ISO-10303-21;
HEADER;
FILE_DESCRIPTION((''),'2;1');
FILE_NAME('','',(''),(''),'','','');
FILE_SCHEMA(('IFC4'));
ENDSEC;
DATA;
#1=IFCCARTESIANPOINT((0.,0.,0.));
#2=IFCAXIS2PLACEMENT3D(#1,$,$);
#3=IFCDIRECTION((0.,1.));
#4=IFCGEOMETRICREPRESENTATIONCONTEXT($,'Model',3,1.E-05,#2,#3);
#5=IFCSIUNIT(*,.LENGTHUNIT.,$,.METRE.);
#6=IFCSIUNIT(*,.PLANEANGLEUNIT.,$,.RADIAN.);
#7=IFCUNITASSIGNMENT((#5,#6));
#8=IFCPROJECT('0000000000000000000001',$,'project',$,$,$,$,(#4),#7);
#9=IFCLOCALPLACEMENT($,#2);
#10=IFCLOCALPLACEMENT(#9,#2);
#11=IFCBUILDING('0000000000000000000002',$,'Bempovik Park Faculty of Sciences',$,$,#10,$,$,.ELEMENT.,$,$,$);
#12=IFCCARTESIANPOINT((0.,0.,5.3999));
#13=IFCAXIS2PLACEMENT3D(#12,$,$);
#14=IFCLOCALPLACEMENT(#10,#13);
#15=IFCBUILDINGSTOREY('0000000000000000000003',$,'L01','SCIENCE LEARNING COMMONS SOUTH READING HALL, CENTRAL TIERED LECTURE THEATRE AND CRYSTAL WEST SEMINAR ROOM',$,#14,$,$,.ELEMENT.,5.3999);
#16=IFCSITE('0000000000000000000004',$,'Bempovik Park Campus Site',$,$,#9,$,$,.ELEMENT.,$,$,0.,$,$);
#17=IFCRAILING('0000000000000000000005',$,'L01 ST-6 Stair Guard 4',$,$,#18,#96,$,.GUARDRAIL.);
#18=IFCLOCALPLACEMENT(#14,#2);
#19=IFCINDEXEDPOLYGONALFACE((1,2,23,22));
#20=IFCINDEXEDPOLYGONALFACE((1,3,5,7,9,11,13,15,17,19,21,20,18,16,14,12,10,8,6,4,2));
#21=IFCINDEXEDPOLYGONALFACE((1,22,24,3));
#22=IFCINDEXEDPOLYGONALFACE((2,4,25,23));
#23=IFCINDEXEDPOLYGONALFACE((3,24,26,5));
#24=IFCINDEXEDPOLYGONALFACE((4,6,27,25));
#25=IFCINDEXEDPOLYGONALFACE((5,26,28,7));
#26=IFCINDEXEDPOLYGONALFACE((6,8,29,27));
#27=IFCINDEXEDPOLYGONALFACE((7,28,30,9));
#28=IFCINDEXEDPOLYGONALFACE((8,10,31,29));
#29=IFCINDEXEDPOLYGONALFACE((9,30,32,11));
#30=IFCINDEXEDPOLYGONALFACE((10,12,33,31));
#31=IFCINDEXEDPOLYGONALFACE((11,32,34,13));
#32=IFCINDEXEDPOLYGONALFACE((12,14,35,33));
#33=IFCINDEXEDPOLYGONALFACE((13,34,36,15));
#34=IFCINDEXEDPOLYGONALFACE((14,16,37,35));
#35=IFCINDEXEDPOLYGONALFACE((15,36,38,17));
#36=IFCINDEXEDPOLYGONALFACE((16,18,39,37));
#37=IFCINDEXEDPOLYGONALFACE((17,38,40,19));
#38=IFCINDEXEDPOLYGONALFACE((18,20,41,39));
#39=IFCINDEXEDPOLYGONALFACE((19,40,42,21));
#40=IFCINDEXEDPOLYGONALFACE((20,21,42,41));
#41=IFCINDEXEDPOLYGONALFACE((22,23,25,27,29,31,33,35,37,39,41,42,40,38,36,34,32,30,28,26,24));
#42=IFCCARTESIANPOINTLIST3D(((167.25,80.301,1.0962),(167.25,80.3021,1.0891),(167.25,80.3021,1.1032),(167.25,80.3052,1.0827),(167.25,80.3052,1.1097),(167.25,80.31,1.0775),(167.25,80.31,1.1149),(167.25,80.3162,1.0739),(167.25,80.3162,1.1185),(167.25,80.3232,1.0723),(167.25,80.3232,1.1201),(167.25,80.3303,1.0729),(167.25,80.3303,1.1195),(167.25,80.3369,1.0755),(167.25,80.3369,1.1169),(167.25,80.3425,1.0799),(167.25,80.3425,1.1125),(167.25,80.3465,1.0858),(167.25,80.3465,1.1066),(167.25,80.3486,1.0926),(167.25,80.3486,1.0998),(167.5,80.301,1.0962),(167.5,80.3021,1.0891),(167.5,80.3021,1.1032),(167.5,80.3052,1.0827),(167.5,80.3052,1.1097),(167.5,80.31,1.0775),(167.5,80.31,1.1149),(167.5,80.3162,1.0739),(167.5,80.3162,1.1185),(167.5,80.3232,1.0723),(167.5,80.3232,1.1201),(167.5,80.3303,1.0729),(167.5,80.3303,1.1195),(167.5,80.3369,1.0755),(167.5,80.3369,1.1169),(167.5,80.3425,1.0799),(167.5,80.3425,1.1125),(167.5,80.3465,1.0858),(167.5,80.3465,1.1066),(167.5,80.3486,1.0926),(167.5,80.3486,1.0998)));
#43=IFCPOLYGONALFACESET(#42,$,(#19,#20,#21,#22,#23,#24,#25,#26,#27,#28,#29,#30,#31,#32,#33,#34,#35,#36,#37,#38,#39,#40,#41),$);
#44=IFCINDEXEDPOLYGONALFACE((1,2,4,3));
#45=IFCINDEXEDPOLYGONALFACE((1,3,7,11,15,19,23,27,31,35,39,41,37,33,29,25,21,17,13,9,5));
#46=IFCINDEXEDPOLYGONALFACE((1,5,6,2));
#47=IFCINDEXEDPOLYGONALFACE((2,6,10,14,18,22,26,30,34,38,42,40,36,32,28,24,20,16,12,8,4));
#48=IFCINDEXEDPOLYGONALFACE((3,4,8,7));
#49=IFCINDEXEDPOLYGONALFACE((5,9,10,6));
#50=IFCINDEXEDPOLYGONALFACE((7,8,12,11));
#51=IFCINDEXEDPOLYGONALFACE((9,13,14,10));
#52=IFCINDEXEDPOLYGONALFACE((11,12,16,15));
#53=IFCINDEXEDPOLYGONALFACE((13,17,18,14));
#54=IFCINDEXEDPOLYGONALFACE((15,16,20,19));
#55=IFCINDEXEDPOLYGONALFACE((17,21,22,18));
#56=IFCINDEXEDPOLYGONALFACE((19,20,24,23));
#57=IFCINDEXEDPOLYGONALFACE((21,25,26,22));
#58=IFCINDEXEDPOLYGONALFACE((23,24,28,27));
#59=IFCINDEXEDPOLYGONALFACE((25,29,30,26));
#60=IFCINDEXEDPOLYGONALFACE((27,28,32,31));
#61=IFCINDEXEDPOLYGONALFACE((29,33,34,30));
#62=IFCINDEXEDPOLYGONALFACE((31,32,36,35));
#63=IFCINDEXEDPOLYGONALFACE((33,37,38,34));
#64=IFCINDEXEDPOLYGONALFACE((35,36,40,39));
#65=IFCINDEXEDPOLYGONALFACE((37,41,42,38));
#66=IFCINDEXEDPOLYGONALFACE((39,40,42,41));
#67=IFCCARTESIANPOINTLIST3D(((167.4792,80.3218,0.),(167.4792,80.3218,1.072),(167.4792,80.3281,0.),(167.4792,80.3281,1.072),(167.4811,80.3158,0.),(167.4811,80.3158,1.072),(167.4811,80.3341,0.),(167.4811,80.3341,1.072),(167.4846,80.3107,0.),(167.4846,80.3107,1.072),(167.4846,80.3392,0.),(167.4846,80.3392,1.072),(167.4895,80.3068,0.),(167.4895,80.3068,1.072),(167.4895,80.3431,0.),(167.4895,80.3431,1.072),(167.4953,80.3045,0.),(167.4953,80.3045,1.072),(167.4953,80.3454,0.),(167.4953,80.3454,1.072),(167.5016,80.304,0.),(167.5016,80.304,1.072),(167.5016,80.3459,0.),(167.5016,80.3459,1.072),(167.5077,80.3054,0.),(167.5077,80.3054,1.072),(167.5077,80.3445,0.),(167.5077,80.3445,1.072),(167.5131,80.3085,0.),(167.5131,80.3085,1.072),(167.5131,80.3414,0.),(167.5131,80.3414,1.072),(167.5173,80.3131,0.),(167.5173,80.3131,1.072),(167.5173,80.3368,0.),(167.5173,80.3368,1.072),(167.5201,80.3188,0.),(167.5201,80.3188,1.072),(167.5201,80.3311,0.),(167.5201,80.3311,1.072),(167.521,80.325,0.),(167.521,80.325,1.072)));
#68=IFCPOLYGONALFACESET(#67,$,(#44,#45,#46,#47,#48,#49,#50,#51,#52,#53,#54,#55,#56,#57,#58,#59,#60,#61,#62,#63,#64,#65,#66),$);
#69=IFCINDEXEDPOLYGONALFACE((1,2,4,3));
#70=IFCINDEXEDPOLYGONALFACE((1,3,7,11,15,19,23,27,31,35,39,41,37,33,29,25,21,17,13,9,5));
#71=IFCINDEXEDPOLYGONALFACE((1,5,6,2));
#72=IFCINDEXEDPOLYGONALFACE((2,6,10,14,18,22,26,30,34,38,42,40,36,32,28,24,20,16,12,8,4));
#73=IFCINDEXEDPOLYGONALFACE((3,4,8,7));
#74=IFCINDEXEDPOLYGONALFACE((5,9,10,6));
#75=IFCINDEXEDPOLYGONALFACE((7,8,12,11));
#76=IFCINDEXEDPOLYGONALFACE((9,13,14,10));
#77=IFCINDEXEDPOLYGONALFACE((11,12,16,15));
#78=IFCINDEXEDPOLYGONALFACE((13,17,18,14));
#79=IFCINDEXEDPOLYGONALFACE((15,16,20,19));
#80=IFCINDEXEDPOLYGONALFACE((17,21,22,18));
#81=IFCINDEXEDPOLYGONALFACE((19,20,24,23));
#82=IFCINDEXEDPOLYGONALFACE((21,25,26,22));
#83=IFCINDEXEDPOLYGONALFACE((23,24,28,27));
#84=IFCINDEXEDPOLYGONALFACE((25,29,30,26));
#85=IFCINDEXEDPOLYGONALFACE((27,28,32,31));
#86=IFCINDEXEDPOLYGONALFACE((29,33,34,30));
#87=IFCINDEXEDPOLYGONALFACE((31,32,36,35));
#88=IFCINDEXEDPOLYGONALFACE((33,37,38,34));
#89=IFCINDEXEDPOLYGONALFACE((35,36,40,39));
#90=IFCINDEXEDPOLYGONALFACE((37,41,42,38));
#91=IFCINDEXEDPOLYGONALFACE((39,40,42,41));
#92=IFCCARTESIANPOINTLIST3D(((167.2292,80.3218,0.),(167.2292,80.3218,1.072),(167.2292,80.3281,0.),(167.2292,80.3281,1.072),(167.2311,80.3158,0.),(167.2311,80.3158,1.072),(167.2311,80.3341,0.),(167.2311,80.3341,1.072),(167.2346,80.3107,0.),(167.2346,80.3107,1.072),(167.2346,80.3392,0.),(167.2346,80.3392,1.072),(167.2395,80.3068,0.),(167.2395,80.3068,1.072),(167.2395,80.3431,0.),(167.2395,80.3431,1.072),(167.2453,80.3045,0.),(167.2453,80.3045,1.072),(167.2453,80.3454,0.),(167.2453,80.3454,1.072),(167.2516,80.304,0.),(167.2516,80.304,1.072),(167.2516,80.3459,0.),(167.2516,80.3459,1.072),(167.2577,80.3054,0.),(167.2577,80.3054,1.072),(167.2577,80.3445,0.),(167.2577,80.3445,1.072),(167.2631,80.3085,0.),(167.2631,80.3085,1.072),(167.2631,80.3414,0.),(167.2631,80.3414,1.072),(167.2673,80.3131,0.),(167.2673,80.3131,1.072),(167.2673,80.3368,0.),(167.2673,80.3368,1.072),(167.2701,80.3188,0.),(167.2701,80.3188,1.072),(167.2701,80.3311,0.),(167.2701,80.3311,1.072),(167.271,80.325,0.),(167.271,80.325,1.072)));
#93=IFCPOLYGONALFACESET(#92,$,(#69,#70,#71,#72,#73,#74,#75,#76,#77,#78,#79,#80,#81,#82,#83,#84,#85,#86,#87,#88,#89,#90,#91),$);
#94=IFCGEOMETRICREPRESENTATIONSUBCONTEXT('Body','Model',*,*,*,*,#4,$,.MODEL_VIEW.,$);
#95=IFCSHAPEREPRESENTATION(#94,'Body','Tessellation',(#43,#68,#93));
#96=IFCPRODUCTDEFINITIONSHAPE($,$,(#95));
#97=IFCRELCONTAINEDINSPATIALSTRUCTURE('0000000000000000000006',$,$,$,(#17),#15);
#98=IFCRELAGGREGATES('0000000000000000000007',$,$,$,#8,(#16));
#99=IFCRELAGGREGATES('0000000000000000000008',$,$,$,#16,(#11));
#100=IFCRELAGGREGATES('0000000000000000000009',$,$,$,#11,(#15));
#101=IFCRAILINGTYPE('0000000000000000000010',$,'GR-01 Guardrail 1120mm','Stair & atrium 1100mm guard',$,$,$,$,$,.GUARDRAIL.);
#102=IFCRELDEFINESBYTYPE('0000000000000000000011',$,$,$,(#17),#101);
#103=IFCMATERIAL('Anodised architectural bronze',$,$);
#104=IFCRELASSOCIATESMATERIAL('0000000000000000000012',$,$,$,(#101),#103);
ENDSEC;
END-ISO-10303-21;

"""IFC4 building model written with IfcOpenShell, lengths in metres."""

from ifc_helpers import new_model, si_unit, direction, frame, origin, origin_2d, place, context, subcontext, project, spatial, circle, extrude, material, type_object, element, save


model = new_model("IFC4")

# Units and contexts
model_context = context("Model", 3, precision=1e-05, world=origin(), true_north=direction((0.0, 1.0)))
body_context = subcontext(model_context, "Body", "Model", "MODEL_VIEW")
ifc_project = project(units=[si_unit("LENGTHUNIT", "METRE"), si_unit("PLANEANGLEUNIT", "RADIAN")], contexts=[model_context])

# Site, building, storey
site_placement = place(None, origin())
site = spatial("IfcSite", under=ifc_project, at=site_placement, Name="Bempovik Park Campus Site", CompositionType="ELEMENT", RefElevation=0.0)
building_placement = place(site_placement, origin())
building = spatial("IfcBuilding", under=site, at=building_placement, Name="Bempovik Park Faculty of Sciences", CompositionType="ELEMENT")
storey_placement = place(building_placement, frame((0.0, 0.0, 5.3999)))
storey = spatial("IfcBuildingStorey", under=building, at=storey_placement, Name="L01", Description="SCIENCE LEARNING COMMONS SOUTH READING HALL, CENTRAL TIERED LECTURE THEATRE AND CRYSTAL WEST SEMINAR ROOM", CompositionType="ELEMENT", Elevation=5.3999)

# Railing
ifc_material_1 = material(Name="Anodised architectural bronze")
railing_type_1 = type_object("IfcRailingType", Name="GR-01 Guardrail 1120mm", Description="Stair & atrium 1100mm guard", PredefinedType="GUARDRAIL", material=ifc_material_1)
railing_1_placement = place(storey_placement, frame((167.5, 80.325, 0.0)))
element("IfcRailing", 1, at=railing_1_placement, inside=storey, type_object=railing_type_1, Name="L01 ST-6 Stair Guard 4", PredefinedType="GUARDRAIL", context=body_context, shape_type="SweptSolid", body=[
    extrude(circle(Radius=0.0239, at=origin_2d()), frame((0.0, 0.0, 1.0962), z_axis=(-1.0, 0.0, 0.0), x_axis=(0.0, -1.0, 0.0)), (0.0, 0.0, 1.0), 0.25),
    extrude(circle(Radius=0.021, at=origin_2d()), origin(), (0.0, 0.0, 1.0), 1.072),
    extrude(circle(Radius=0.021, at=origin_2d()), frame((-0.25, 0.0, 0.0)), (0.0, 0.0, 1.0), 1.072),
])

save(model, "model.ifc")
